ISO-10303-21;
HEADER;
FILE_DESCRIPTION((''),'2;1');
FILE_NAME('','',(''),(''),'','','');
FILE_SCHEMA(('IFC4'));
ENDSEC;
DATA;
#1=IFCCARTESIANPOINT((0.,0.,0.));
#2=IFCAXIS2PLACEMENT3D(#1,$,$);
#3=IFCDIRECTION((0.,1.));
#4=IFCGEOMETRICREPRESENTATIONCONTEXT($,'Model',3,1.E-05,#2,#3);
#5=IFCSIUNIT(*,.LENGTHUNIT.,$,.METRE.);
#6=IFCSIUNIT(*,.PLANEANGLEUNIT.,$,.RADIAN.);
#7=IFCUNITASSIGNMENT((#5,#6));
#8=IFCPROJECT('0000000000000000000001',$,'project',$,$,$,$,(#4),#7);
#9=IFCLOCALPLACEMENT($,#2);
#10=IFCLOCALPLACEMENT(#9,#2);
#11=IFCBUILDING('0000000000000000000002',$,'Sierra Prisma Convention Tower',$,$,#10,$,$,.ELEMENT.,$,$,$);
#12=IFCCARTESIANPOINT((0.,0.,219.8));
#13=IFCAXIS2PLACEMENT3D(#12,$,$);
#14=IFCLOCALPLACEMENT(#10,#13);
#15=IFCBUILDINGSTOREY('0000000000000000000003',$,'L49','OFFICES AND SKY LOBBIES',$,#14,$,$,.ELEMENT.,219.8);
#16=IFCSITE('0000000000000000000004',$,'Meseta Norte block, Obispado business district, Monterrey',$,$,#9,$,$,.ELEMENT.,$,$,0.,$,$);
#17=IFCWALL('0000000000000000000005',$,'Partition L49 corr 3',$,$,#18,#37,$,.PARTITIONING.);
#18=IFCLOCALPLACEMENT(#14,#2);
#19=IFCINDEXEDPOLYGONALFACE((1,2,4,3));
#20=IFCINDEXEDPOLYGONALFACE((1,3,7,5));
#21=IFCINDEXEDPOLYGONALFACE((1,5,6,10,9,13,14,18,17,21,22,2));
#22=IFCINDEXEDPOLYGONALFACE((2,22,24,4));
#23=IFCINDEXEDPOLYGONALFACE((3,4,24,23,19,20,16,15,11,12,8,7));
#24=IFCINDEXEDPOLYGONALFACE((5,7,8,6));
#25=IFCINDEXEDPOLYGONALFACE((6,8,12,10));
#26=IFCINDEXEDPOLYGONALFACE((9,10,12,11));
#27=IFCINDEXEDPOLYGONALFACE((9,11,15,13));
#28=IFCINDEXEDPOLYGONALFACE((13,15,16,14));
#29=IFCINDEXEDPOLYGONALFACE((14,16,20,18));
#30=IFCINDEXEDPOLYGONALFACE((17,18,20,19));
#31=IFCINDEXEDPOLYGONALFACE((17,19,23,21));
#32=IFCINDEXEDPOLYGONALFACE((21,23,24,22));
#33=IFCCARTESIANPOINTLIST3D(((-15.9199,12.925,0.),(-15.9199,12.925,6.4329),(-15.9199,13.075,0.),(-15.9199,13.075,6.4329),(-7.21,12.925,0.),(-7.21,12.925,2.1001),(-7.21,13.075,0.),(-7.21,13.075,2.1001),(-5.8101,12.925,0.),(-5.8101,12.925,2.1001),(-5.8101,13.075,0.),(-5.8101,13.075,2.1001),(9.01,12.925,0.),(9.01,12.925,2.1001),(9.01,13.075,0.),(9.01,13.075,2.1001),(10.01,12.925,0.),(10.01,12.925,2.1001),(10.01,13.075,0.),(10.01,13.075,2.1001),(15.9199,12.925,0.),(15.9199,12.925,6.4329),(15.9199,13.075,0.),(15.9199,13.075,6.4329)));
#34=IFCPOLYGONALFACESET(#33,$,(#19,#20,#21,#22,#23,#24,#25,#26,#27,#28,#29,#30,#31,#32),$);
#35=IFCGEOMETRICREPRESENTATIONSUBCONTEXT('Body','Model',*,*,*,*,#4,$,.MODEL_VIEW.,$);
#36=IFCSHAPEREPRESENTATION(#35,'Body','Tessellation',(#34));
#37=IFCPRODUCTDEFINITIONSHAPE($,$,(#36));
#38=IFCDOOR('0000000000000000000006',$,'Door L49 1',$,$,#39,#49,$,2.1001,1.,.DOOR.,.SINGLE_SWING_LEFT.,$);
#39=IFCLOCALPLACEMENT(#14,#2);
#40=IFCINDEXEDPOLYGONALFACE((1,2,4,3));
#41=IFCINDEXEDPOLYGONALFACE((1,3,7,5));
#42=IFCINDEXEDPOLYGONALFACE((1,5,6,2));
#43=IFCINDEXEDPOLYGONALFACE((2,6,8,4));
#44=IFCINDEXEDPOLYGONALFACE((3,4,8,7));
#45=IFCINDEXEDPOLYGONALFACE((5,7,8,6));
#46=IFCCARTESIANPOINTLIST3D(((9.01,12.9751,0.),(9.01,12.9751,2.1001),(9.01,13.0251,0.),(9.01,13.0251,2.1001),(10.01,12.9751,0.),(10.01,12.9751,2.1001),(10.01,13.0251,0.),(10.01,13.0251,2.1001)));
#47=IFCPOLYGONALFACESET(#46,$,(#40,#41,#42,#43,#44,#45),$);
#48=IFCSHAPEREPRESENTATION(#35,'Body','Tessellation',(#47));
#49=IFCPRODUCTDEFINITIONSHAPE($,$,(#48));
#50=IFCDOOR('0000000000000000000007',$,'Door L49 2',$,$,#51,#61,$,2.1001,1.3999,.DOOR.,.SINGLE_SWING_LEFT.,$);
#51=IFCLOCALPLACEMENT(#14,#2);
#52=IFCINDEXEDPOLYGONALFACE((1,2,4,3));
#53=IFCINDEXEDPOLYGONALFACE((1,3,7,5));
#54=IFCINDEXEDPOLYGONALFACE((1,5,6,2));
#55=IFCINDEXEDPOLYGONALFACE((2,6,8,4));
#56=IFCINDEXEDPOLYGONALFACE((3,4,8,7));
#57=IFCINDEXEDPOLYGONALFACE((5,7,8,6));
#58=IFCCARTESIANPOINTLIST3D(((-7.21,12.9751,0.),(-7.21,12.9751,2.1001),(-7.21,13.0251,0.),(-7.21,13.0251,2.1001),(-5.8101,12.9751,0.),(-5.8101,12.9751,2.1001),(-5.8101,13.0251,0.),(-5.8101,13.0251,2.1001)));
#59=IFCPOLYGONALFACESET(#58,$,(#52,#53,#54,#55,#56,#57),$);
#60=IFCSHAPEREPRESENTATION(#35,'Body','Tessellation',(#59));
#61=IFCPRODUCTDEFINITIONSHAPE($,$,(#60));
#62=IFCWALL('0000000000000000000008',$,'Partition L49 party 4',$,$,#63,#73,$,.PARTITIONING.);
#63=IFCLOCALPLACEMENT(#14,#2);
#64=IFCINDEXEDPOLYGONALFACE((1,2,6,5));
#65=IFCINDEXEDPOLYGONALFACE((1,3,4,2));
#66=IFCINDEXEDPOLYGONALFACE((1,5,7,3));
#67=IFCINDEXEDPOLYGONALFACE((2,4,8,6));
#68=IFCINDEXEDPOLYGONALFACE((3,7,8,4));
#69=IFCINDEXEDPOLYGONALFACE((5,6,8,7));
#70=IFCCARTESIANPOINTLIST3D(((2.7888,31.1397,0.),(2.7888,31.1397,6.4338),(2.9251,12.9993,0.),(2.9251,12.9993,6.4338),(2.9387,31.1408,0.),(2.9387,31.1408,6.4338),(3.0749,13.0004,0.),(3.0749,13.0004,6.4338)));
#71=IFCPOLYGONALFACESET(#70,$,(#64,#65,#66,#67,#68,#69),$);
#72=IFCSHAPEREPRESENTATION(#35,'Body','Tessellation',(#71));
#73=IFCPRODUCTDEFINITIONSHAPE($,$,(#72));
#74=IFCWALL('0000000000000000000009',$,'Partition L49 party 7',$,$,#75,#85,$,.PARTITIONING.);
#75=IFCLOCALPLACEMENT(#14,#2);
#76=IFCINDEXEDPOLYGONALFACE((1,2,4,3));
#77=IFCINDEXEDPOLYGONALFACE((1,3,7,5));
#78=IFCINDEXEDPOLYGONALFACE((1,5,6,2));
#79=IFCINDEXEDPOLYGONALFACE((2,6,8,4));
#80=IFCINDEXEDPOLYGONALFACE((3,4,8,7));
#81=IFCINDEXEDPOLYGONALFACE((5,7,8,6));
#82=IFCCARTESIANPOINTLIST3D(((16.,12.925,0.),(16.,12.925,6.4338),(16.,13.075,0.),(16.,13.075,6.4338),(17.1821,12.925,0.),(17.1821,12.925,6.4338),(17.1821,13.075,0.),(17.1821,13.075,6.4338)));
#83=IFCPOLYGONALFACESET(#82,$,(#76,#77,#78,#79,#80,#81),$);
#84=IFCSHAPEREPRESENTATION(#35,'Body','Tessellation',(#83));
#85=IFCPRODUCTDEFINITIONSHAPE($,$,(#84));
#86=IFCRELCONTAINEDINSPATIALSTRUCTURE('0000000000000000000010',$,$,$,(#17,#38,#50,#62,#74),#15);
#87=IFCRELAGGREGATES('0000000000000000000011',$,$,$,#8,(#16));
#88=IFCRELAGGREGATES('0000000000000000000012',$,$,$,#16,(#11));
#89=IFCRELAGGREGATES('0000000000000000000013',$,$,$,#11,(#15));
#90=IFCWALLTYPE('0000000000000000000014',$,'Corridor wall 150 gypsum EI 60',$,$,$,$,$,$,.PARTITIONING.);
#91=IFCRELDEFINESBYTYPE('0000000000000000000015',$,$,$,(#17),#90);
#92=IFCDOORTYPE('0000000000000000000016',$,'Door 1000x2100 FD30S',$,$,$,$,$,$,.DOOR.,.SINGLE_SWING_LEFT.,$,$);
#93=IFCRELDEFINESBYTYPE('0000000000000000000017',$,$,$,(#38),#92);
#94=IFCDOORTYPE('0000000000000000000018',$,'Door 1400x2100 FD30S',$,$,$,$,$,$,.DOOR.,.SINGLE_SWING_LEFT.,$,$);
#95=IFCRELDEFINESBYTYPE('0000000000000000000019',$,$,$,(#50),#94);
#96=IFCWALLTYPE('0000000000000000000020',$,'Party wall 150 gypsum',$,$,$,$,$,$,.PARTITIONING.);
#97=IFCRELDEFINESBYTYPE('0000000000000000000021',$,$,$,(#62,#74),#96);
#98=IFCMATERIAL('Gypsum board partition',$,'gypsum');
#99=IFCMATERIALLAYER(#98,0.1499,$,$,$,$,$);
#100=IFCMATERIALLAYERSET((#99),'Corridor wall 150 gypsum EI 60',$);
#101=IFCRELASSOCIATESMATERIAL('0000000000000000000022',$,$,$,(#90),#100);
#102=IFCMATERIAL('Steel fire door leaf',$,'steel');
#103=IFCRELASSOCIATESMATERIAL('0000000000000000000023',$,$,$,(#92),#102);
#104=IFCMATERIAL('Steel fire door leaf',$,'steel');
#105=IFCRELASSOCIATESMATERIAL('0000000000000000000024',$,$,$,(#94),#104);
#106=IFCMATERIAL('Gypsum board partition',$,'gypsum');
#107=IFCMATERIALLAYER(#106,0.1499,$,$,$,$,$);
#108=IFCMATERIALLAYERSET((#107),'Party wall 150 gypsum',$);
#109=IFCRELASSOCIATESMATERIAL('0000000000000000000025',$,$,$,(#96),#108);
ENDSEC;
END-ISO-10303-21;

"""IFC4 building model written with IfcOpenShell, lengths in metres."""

from ifc_helpers import new_model, si_unit, direction, frame, frame_2d, origin, place, context, subcontext, project, spatial, rectangle, extrude, material, layer, layer_set, type_object, element, fill, save


model = new_model("IFC4")

# Units and contexts
model_context = context("Model", 3, precision=1e-05, world=origin(), true_north=direction((0.0, 1.0)))
body_context = subcontext(model_context, "Body", "Model", "MODEL_VIEW")
ifc_project = project(units=[si_unit("LENGTHUNIT", "METRE"), si_unit("PLANEANGLEUNIT", "RADIAN")], contexts=[model_context])

# Site, building, storey
site_placement = place(None, origin())
site = spatial("IfcSite", under=ifc_project, at=site_placement, Name="Meseta Norte block, Obispado business district, Monterrey", CompositionType="ELEMENT", RefElevation=0.0)
building_placement = place(site_placement, origin())
building = spatial("IfcBuilding", under=site, at=building_placement, Name="Sierra Prisma Convention Tower", CompositionType="ELEMENT")
storey_placement = place(building_placement, frame((0.0, 0.0, 219.8)))
storey = spatial("IfcBuildingStorey", under=building, at=storey_placement, Name="L49", Description="OFFICES AND SKY LOBBIES", CompositionType="ELEMENT", Elevation=219.8)

# Wall, openings, doors
ifc_material_1 = material(Name="Gypsum board partition", Category="gypsum")
ifc_layer_1 = layer(ifc_material_1, 0.1499)
ifc_layer_set_1 = layer_set([ifc_layer_1], Name="Corridor wall 150 gypsum EI 60")
wall_type_1 = type_object("IfcWallType", Name="Corridor wall 150 gypsum EI 60", PredefinedType="PARTITIONING", material=ifc_layer_set_1)
wall_1_placement = place(storey_placement, frame((15.9199, 13.0, 0.0), z_axis=(0.0, 0.0, 1.0), x_axis=(-1.0, 0.0, 0.0)))
wall_1 = element("IfcWall", 1, at=wall_1_placement, inside=storey, type_object=wall_type_1, Name="Partition L49 corr 3", PredefinedType="PARTITIONING", context=body_context, shape_type="SweptSolid", body=[
    extrude(rectangle(XDim=31.8398, YDim=0.1499, at=frame_2d((15.9199, 0.0))), origin(), (0.0, 0.0, 1.0), 6.4329),
])
opening_1_placement = place(wall_1_placement, frame((5.9099, 0.0, 0.0)))
opening_1 = element("IfcOpeningElement", 2, at=opening_1_placement, cuts=wall_1, PredefinedType="OPENING", context=body_context, shape_type="SweptSolid", body=[
    extrude(rectangle(XDim=1.0, YDim=2.1001, at=frame_2d((0.5, 1.05))), frame((0.0, 0.075, 0.0), z_axis=(0.0, -1.0, 0.0), x_axis=(1.0, 0.0, 0.0)), (0.0, 0.0, 1.0), 0.1499),
])
opening_2_placement = place(wall_1_placement, frame((21.73, 0.0, 0.0)))
opening_2 = element("IfcOpeningElement", 3, at=opening_2_placement, cuts=wall_1, PredefinedType="OPENING", context=body_context, shape_type="SweptSolid", body=[
    extrude(rectangle(XDim=1.3999, YDim=2.1001, at=frame_2d((0.7, 1.05))), frame((0.0, 0.075, 0.0), z_axis=(0.0, -1.0, 0.0), x_axis=(1.0, 0.0, 0.0)), (0.0, 0.0, 1.0), 0.1499),
])
ifc_material_2 = material(Name="Steel fire door leaf", Category="steel")
door_type_1 = type_object("IfcDoorType", Name="Door 1000x2100 FD30S", OperationType="SINGLE_SWING_LEFT", PredefinedType="DOOR", material=ifc_material_2)
door_1_placement = place(opening_1_placement, origin())
door_1 = element("IfcDoor", 4, at=door_1_placement, inside=storey, type_object=door_type_1, Name="Door L49 1", OperationType="SINGLE_SWING_LEFT", OverallHeight=2.1001, OverallWidth=1.0, PredefinedType="DOOR", context=body_context, shape_type="SweptSolid", body=[
    extrude(rectangle(XDim=1.0, YDim=2.1001, at=frame_2d((0.5, 1.05))), frame((0.0, 0.0249, 0.0), z_axis=(0.0, -1.0, 0.0), x_axis=(1.0, 0.0, 0.0)), (0.0, 0.0, 1.0), 0.05),
])
fill(opening_1, door_1)
ifc_material_3 = material(Name="Steel fire door leaf", Category="steel")
door_type_2 = type_object("IfcDoorType", Name="Door 1400x2100 FD30S", OperationType="SINGLE_SWING_LEFT", PredefinedType="DOOR", material=ifc_material_3)
door_2_placement = place(opening_2_placement, origin())
door_2 = element("IfcDoor", 5, at=door_2_placement, inside=storey, type_object=door_type_2, Name="Door L49 2", OperationType="SINGLE_SWING_LEFT", OverallHeight=2.1001, OverallWidth=1.3999, PredefinedType="DOOR", context=body_context, shape_type="SweptSolid", body=[
    extrude(rectangle(XDim=1.3999, YDim=2.1001, at=frame_2d((0.7, 1.05))), frame((0.0, 0.0249, 0.0), z_axis=(0.0, -1.0, 0.0), x_axis=(1.0, 0.0, 0.0)), (0.0, 0.0, 1.0), 0.05),
])
fill(opening_2, door_2)

# Walls
ifc_material_4 = material(Name="Gypsum board partition", Category="gypsum")
ifc_layer_2 = layer(ifc_material_4, 0.1499)
ifc_layer_set_2 = layer_set([ifc_layer_2], Name="Party wall 150 gypsum")
wall_type_2 = type_object("IfcWallType", Name="Party wall 150 gypsum", PredefinedType="PARTITIONING", material=ifc_layer_set_2)
wall_2_placement = place(storey_placement, frame((3.0, 13.0, 0.0), z_axis=(0.0, 0.0, 1.0), x_axis=(-0.00751, 0.999972, 0.0)))
element("IfcWall", 6, at=wall_2_placement, inside=storey, type_object=wall_type_2, Name="Partition L49 party 4", PredefinedType="PARTITIONING", context=body_context, shape_type="SweptSolid", body=[
    extrude(rectangle(XDim=18.1409, YDim=0.1499, at=frame_2d((9.0703, 0.0))), origin(), (0.0, 0.0, 1.0), 6.4338),
])
wall_3_placement = place(storey_placement, frame((17.1821, 13.0, 0.0), z_axis=(0.0, 0.0, 1.0), x_axis=(-1.0, 0.0, 0.0)))
element("IfcWall", 7, at=wall_3_placement, inside=storey, type_object=wall_type_2, Name="Partition L49 party 7", PredefinedType="PARTITIONING", context=body_context, shape_type="SweptSolid", body=[
    extrude(rectangle(XDim=1.1821, YDim=0.1499, at=frame_2d((0.5911, 0.0))), origin(), (0.0, 0.0, 1.0), 6.4338),
])

save(model, "model.ifc")
